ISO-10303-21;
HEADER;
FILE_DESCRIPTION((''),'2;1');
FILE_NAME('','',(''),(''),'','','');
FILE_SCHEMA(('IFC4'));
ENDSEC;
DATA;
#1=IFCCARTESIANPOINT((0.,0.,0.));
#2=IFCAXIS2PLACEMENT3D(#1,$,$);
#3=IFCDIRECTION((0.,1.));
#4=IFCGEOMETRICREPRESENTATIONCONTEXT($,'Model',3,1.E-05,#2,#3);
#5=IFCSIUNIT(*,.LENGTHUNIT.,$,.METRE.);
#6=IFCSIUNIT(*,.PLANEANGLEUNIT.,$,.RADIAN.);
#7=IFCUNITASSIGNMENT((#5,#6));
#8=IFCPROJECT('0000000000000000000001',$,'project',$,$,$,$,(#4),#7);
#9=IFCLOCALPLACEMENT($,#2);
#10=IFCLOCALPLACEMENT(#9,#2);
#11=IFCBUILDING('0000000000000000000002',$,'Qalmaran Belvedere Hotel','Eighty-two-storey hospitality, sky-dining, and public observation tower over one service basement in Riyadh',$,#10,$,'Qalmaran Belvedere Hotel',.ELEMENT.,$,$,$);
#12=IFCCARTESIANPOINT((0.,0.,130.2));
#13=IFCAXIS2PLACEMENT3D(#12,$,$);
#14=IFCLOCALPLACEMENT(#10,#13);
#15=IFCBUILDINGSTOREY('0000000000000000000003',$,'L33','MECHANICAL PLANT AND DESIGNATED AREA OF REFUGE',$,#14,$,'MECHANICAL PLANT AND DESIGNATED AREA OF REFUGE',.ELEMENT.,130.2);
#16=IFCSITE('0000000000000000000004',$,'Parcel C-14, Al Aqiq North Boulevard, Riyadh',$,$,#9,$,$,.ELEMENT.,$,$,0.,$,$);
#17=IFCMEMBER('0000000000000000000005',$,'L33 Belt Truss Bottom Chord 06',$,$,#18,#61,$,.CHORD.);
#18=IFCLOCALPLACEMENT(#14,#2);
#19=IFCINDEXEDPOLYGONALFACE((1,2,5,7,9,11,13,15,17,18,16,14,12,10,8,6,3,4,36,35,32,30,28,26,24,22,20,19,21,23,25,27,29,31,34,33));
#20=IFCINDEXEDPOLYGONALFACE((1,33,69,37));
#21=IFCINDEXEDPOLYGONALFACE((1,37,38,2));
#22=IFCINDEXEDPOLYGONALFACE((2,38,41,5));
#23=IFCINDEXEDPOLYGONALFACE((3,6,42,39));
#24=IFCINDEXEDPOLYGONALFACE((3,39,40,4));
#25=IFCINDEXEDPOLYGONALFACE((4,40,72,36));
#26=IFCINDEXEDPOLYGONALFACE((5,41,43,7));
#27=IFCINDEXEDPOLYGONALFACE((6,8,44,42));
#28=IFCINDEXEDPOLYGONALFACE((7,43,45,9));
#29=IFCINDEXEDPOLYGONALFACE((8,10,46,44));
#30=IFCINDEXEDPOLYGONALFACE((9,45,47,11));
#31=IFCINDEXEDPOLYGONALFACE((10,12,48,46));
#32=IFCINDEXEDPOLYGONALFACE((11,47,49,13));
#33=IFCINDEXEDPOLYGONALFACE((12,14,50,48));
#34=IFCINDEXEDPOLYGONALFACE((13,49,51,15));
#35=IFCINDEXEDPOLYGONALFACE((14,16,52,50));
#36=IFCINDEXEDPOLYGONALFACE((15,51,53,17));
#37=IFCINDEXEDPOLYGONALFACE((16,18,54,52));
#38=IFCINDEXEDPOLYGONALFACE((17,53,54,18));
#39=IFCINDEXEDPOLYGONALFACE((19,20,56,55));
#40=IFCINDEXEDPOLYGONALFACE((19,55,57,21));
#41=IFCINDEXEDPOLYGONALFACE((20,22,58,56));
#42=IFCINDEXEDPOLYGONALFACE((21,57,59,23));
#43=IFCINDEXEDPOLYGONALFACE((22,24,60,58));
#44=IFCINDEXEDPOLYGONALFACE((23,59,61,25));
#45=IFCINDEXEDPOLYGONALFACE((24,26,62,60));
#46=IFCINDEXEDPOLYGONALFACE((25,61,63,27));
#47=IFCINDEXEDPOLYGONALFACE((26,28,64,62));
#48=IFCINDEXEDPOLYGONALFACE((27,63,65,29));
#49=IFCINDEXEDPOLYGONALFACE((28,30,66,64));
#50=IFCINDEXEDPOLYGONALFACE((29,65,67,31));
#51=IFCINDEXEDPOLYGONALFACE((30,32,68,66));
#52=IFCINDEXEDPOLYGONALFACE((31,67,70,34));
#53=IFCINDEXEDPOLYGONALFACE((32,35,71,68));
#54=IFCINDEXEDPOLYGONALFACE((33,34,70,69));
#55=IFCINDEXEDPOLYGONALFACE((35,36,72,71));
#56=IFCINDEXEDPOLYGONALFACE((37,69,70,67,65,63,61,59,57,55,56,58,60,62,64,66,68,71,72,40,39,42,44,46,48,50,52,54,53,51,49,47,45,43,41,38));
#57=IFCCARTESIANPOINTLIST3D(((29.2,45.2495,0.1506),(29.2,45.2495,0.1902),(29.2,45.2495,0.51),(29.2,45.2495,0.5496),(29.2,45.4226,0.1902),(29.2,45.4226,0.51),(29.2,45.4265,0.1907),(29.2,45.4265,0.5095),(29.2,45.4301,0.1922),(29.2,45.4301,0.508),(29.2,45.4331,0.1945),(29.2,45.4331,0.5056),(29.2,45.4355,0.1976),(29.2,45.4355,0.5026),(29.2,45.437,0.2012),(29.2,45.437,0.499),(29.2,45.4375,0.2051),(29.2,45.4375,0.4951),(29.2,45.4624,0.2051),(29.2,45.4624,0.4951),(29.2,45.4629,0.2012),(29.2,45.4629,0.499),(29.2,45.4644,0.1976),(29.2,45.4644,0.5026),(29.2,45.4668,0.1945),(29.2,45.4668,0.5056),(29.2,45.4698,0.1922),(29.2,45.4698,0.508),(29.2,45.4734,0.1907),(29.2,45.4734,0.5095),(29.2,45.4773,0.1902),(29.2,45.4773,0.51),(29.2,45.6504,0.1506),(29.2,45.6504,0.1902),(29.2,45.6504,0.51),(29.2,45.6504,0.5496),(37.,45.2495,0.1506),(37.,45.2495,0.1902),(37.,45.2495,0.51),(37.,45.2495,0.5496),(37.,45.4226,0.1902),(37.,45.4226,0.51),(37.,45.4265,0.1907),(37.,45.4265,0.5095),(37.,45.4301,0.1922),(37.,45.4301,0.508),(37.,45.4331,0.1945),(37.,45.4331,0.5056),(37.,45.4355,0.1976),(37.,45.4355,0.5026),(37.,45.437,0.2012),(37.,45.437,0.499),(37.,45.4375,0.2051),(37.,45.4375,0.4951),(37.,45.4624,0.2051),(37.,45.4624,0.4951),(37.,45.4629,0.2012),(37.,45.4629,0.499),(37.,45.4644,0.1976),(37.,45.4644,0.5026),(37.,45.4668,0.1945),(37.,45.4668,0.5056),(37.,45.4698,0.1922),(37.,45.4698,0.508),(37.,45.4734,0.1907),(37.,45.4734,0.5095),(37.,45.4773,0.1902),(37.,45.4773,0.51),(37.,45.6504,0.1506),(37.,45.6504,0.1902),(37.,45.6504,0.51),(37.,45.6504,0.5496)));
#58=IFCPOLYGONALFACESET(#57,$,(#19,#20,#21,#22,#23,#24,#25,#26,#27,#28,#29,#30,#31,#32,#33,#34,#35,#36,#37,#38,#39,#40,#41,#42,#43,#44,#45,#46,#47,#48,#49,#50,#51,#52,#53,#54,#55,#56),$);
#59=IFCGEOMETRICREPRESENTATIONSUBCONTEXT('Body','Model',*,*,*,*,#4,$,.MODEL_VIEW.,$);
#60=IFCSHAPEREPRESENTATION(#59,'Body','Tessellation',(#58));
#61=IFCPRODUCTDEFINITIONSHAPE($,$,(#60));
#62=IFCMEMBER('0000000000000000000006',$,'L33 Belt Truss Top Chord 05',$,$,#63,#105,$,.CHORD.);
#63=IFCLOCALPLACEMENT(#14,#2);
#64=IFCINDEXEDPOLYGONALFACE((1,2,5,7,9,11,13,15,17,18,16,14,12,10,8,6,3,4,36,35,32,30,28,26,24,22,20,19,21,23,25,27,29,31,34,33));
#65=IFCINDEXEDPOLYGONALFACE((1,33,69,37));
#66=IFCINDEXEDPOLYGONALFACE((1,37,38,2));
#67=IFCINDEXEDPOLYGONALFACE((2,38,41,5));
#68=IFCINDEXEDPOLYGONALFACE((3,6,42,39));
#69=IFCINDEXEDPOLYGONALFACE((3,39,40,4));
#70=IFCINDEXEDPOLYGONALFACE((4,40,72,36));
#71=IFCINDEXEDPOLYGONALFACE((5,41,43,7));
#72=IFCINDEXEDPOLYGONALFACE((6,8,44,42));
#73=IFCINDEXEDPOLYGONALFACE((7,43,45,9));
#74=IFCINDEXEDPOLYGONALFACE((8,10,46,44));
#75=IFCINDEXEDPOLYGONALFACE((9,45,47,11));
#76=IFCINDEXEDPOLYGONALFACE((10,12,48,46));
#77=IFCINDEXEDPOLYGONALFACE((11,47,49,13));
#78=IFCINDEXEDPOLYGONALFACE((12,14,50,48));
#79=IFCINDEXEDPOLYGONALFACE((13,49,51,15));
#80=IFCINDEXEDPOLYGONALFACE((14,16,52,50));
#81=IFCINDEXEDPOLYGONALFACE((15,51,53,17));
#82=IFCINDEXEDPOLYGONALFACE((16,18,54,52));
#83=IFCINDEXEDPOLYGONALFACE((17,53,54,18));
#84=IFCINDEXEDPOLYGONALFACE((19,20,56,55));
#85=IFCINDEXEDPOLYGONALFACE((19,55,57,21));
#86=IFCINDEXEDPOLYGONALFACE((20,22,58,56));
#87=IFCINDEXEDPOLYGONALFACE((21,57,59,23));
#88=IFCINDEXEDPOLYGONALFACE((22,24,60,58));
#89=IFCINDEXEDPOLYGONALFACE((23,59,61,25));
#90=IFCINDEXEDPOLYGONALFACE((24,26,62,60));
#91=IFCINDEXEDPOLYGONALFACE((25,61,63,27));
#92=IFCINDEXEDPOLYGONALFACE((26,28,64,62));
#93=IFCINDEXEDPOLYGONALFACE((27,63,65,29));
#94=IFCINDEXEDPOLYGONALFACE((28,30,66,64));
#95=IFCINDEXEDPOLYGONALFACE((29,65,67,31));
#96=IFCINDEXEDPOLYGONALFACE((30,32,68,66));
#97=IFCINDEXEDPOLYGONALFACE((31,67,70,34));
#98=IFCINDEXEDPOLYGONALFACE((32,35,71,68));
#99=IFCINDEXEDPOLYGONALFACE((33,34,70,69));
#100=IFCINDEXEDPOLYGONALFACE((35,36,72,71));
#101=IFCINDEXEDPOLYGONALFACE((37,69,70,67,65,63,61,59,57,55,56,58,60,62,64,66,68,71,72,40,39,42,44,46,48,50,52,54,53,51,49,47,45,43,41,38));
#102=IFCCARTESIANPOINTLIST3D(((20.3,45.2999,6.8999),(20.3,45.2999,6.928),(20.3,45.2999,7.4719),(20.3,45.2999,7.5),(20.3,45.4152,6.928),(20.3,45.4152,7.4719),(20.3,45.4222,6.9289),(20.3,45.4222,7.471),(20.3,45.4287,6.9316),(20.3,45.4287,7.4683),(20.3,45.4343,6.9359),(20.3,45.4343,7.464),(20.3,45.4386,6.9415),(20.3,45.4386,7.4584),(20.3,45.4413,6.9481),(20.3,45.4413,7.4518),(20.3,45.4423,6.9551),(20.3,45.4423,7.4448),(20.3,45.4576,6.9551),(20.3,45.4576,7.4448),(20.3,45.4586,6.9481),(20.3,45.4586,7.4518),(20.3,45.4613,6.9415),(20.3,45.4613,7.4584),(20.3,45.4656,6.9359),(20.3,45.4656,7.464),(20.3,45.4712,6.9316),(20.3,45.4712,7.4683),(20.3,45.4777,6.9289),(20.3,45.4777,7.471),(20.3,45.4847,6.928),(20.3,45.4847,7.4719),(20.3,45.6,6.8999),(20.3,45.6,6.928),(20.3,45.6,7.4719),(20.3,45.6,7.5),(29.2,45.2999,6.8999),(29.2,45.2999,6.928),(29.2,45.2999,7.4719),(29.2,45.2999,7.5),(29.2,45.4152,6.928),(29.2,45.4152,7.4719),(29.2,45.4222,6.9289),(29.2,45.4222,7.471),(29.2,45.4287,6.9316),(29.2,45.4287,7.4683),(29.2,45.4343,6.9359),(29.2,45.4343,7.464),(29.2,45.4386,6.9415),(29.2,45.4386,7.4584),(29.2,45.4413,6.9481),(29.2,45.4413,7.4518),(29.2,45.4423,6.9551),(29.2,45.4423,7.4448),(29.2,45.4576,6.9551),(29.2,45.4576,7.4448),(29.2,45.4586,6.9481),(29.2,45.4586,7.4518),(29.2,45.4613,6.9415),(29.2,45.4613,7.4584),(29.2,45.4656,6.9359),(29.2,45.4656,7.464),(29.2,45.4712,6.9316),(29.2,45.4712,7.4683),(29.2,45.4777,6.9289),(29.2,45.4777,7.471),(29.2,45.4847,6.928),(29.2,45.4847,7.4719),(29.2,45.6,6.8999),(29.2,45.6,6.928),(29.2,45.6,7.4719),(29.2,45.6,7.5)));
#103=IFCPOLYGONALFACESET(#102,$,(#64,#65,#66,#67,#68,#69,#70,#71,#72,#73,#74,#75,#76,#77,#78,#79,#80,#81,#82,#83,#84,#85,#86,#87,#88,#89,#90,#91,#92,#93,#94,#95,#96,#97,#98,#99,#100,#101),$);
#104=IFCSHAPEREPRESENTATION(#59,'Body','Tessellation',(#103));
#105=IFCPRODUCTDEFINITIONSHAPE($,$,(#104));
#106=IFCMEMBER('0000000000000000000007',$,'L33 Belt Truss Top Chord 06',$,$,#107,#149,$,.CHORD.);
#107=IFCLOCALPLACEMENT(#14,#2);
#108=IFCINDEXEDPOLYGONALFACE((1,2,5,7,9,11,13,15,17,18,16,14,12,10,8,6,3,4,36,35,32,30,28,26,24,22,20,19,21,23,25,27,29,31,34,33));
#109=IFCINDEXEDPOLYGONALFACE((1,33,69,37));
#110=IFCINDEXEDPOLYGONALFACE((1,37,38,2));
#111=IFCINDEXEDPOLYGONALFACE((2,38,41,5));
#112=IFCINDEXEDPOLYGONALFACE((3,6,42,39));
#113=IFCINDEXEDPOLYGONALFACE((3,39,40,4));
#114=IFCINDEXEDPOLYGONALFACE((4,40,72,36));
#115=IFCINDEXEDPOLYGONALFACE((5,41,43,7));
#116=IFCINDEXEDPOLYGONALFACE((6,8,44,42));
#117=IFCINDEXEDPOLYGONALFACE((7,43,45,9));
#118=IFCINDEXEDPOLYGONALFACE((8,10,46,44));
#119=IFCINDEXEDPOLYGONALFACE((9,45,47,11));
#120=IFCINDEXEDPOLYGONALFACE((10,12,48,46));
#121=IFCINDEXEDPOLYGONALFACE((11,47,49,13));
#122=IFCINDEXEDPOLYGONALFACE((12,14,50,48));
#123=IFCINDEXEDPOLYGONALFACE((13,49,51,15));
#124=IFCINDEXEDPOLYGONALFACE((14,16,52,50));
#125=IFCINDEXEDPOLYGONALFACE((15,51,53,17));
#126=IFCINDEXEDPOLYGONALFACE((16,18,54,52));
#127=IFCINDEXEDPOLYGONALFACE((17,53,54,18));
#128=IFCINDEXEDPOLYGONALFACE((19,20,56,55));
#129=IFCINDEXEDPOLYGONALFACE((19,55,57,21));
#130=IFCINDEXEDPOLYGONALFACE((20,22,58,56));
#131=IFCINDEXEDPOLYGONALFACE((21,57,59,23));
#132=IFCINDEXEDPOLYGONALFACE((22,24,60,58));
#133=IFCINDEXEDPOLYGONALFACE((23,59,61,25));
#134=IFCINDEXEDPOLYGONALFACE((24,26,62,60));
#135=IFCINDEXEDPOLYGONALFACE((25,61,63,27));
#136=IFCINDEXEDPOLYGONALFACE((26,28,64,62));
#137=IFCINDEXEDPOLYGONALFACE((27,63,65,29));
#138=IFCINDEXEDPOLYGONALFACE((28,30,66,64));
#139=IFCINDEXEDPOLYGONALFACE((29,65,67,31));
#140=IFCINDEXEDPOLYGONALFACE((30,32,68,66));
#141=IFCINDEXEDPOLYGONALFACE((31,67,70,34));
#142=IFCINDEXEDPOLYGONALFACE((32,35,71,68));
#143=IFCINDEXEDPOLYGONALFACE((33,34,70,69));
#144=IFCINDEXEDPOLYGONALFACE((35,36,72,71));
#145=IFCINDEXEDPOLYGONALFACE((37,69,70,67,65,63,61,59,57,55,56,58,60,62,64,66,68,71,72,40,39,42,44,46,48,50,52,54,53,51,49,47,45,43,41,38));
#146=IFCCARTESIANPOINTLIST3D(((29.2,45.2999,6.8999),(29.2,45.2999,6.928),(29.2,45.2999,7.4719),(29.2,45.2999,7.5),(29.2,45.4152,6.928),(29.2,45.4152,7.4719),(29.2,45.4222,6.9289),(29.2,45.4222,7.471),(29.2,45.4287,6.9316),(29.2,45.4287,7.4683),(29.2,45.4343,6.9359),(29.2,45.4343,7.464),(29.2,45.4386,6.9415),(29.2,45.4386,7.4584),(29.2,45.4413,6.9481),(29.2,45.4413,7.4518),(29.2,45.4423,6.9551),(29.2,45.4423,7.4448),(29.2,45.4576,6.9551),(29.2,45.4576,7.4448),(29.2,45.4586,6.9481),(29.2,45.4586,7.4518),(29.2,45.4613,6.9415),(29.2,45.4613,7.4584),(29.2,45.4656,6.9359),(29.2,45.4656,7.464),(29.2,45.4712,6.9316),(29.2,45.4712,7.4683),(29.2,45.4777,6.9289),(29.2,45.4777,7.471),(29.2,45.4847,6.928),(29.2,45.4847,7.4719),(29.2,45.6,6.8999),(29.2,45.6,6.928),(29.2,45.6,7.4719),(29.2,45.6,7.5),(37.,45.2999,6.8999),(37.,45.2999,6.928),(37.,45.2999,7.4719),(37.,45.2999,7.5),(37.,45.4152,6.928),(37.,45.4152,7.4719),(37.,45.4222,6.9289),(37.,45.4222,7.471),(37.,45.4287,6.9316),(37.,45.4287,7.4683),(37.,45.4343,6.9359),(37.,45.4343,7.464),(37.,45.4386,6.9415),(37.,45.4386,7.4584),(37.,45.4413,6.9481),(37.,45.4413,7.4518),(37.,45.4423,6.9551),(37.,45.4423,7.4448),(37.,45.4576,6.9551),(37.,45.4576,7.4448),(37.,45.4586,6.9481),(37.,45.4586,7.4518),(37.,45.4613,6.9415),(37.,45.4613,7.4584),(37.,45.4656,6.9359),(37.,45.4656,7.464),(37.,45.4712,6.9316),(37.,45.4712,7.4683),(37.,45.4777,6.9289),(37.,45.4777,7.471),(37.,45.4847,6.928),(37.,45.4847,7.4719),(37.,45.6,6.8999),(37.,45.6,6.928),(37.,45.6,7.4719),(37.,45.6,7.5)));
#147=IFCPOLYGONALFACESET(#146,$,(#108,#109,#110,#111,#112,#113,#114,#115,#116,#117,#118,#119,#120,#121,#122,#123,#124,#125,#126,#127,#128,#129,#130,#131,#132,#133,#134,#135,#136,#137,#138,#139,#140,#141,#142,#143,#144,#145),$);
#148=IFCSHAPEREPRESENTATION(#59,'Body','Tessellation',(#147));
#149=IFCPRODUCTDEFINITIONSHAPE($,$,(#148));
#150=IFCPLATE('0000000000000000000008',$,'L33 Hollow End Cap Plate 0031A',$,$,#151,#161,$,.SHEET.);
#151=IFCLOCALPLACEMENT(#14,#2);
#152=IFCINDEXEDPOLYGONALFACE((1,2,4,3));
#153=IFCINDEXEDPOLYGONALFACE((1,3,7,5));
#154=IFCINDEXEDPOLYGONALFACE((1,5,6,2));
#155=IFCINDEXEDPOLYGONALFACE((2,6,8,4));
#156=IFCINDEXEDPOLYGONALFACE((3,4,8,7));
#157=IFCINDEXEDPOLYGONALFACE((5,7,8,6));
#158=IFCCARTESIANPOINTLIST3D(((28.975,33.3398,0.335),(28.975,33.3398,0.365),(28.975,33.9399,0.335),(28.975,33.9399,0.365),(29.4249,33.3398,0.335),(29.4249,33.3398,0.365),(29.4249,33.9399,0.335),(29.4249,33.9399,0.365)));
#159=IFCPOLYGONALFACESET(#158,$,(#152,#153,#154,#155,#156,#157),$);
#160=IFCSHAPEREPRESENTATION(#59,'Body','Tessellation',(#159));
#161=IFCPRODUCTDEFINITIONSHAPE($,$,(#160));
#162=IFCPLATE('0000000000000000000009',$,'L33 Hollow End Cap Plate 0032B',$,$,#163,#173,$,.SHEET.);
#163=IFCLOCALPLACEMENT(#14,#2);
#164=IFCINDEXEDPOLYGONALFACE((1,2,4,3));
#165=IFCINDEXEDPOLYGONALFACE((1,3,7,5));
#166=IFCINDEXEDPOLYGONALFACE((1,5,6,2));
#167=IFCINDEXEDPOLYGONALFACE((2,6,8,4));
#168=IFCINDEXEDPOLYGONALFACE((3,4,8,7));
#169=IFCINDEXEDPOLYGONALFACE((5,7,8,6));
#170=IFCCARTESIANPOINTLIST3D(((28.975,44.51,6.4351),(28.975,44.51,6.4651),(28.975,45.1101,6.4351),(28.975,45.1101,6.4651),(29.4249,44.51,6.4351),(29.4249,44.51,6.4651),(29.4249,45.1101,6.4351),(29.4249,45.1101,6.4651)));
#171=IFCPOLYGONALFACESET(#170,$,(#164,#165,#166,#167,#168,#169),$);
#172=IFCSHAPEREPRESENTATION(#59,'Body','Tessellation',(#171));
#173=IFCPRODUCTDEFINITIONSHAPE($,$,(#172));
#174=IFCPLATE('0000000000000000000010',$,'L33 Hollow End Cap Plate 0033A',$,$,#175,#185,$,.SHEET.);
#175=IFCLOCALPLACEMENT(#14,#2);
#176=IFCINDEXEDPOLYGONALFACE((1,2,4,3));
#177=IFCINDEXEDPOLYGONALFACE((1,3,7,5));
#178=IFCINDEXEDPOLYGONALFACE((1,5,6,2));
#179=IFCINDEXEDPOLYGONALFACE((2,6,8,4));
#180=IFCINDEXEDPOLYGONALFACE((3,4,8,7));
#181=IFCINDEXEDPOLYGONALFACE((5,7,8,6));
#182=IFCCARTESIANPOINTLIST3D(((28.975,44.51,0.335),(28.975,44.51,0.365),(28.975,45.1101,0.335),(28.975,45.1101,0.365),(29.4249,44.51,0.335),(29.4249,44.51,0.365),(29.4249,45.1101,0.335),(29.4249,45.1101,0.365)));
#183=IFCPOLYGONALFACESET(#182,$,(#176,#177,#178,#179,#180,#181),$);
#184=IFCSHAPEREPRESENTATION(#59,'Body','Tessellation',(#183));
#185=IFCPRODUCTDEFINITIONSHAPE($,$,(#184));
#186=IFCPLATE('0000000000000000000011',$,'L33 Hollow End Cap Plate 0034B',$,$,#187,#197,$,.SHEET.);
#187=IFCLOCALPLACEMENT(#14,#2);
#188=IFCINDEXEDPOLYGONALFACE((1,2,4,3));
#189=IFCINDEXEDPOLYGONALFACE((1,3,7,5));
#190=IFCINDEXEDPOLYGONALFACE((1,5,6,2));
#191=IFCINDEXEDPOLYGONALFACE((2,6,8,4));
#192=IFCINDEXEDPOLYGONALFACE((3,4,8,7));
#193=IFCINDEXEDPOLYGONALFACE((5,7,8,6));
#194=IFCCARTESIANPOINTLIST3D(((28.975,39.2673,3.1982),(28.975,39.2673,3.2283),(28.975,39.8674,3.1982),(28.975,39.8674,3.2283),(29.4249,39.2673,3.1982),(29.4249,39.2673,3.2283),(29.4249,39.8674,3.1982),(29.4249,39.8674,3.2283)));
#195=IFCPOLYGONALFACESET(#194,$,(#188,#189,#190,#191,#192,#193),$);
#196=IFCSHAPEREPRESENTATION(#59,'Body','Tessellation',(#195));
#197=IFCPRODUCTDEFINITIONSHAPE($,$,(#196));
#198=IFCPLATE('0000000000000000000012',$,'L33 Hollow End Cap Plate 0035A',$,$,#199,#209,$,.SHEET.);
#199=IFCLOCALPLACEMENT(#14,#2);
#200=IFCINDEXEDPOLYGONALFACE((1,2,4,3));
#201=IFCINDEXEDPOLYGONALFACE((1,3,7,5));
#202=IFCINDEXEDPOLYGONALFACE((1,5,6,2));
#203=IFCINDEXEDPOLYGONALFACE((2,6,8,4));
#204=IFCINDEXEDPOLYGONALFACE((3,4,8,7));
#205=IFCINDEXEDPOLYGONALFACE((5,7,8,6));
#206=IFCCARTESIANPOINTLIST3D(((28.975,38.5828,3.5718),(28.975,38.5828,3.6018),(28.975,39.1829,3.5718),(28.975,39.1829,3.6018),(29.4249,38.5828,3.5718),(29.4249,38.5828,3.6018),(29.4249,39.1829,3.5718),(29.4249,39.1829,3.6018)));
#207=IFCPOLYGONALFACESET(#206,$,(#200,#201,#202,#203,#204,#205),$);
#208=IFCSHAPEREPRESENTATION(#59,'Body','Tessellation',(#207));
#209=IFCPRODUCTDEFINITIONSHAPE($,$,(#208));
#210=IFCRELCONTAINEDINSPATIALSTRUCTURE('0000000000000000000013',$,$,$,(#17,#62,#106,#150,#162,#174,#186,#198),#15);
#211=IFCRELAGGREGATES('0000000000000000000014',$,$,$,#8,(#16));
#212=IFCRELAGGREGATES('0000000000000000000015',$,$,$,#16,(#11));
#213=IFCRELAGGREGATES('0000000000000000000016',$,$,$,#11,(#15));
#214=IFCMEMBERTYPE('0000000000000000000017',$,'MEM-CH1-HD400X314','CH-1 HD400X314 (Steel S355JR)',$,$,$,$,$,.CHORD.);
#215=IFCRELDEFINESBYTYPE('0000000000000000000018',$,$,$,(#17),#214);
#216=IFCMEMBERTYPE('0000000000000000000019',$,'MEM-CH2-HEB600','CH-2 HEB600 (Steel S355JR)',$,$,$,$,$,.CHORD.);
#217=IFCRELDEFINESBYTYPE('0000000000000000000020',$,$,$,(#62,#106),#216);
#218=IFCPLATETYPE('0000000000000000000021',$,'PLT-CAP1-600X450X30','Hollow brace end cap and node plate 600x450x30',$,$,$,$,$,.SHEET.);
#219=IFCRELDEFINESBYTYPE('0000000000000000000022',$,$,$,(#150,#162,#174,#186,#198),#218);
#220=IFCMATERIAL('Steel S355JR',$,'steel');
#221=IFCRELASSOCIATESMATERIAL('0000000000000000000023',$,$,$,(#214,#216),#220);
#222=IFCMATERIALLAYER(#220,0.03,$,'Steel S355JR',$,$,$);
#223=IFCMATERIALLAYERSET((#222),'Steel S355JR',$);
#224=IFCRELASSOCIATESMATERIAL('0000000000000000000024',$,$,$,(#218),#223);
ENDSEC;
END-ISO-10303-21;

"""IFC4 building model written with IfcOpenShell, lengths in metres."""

from ifc_helpers import new_model, si_unit, direction, frame, origin, origin_2d, place, context, subcontext, project, spatial, rectangle, i_section, extrude, material, layer, layer_set, material_profile, profile_set, type_object, element, save


model = new_model("IFC4")

# Units and contexts
model_context = context("Model", 3, precision=1e-05, world=origin(), true_north=direction((0.0, 1.0)))
body_context = subcontext(model_context, "Body", "Model", "MODEL_VIEW")
ifc_project = project(units=[si_unit("LENGTHUNIT", "METRE"), si_unit("PLANEANGLEUNIT", "RADIAN")], contexts=[model_context])

# Site, building, storey
site_placement = place(None, origin())
site = spatial("IfcSite", under=ifc_project, at=site_placement, Name="Parcel C-14, Al Aqiq North Boulevard, Riyadh", CompositionType="ELEMENT", RefElevation=0.0)
building_placement = place(site_placement, origin())
building = spatial("IfcBuilding", under=site, at=building_placement, Name="Qalmaran Belvedere Hotel", Description="Eighty-two-storey hospitality, sky-dining, and public observation tower over one service basement in Riyadh", LongName="Qalmaran Belvedere Hotel", CompositionType="ELEMENT")
storey_placement = place(building_placement, frame((0.0, 0.0, 130.2)))
storey = spatial("IfcBuildingStorey", under=building, at=storey_placement, Name="L33", Description="MECHANICAL PLANT AND DESIGNATED AREA OF REFUGE", LongName="MECHANICAL PLANT AND DESIGNATED AREA OF REFUGE", CompositionType="ELEMENT", Elevation=130.2)

# Shared definitions
ifc_material_1 = material(Name="Steel S355JR", Category="steel")

# Members
ifc_material_profile_1 = material_profile(ifc_material_1, i_section(OverallWidth=0.4009, OverallDepth=0.3989, WebThickness=0.0249, FlangeThickness=0.0396, FilletRadius=0.0149, at=origin_2d()), Name="HD400X314")
ifc_profile_set_1 = profile_set([ifc_material_profile_1], Name="Steel S355JR")
member_type_1 = type_object("IfcMemberType", Name="MEM-CH1-HD400X314", Description="CH-1 HD400X314 (Steel S355JR)", PredefinedType="CHORD", material=ifc_profile_set_1)
member_1_placement = place(storey_placement, frame((29.2, 45.45, 0.3501), z_axis=(1.0, 0.0, 0.0), x_axis=(0.0, 1.0, 0.0)))
element("IfcMember", 1, at=member_1_placement, inside=storey, type_object=member_type_1, Name="L33 Belt Truss Bottom Chord 06", PredefinedType="CHORD", context=body_context, shape_type="SweptSolid", body=[
    extrude(i_section(OverallWidth=0.4009, OverallDepth=0.3989, WebThickness=0.0249, FlangeThickness=0.0396, FilletRadius=0.0149, at=origin_2d()), origin(), (0.0, 0.0, 1.0), 7.8),
])
ifc_material_profile_2 = material_profile(ifc_material_1, i_section(OverallWidth=0.3, OverallDepth=0.6001, WebThickness=0.0154, FlangeThickness=0.0281, FilletRadius=0.0271, at=origin_2d()), Name="HEB600")
ifc_profile_set_2 = profile_set([ifc_material_profile_2], Name="Steel S355JR")
member_type_2 = type_object("IfcMemberType", Name="MEM-CH2-HEB600", Description="CH-2 HEB600 (Steel S355JR)", PredefinedType="CHORD", material=ifc_profile_set_2)
member_2_placement = place(storey_placement, frame((20.3, 45.45, 7.2), z_axis=(1.0, 0.0, 0.0), x_axis=(0.0, 1.0, 0.0)))
element("IfcMember", 2, at=member_2_placement, inside=storey, type_object=member_type_2, Name="L33 Belt Truss Top Chord 05", PredefinedType="CHORD", context=body_context, shape_type="SweptSolid", body=[
    extrude(i_section(OverallWidth=0.3, OverallDepth=0.6001, WebThickness=0.0154, FlangeThickness=0.0281, FilletRadius=0.0271, at=origin_2d()), origin(), (0.0, 0.0, 1.0), 8.8999),
])
member_3_placement = place(storey_placement, frame((29.2, 45.45, 7.2), z_axis=(1.0, 0.0, 0.0), x_axis=(0.0, 1.0, 0.0)))
element("IfcMember", 3, at=member_3_placement, inside=storey, type_object=member_type_2, Name="L33 Belt Truss Top Chord 06", PredefinedType="CHORD", context=body_context, shape_type="SweptSolid", body=[
    extrude(i_section(OverallWidth=0.3, OverallDepth=0.6001, WebThickness=0.0154, FlangeThickness=0.0281, FilletRadius=0.0271, at=origin_2d()), origin(), (0.0, 0.0, 1.0), 7.8),
])

# Plates
ifc_layer_1 = layer(ifc_material_1, 0.03, Name="Steel S355JR")
ifc_layer_set_1 = layer_set([ifc_layer_1], Name="Steel S355JR")
plate_type_1 = type_object("IfcPlateType", Name="PLT-CAP1-600X450X30", Description="Hollow brace end cap and node plate 600x450x30", PredefinedType="SHEET", material=ifc_layer_set_1)
for number, where, z_axis, x_axis, name in (
    (4, (29.2, 33.6399, 0.335), (0.0, 0.0, 1.0), (0.0, 1.0, 0.0), "L33 Hollow End Cap Plate 0031A"),
    (5, (29.2, 44.8101, 6.4351), (0.0, 0.0, 1.0), (0.0, 1.0, 0.0), "L33 Hollow End Cap Plate 0032B"),
    (6, (29.2, 44.8101, 0.335), (0.0, 0.0, 1.0), (0.0, -1.0, 0.0), "L33 Hollow End Cap Plate 0033A"),
    (7, (29.2, 39.5674, 3.1982), (0.0, 0.0, 1.0), (0.0, -1.0, 0.0), "L33 Hollow End Cap Plate 0034B"),
    (8, (29.2, 38.8828, 3.5718), (0.0, 0.0, 1.0), (0.0, -1.0, 0.0), "L33 Hollow End Cap Plate 0035A"),
):
    element("IfcPlate", number, at=place(storey_placement, frame(where, z_axis=z_axis, x_axis=x_axis)), inside=storey, type_object=plate_type_1, Name=name, PredefinedType="SHEET", context=body_context, shape_type="SweptSolid", body=[
        extrude(rectangle(XDim=0.6001, YDim=0.45, at=origin_2d()), origin(), (0.0, 0.0, 1.0), 0.03),
    ])

save(model, "model.ifc")
